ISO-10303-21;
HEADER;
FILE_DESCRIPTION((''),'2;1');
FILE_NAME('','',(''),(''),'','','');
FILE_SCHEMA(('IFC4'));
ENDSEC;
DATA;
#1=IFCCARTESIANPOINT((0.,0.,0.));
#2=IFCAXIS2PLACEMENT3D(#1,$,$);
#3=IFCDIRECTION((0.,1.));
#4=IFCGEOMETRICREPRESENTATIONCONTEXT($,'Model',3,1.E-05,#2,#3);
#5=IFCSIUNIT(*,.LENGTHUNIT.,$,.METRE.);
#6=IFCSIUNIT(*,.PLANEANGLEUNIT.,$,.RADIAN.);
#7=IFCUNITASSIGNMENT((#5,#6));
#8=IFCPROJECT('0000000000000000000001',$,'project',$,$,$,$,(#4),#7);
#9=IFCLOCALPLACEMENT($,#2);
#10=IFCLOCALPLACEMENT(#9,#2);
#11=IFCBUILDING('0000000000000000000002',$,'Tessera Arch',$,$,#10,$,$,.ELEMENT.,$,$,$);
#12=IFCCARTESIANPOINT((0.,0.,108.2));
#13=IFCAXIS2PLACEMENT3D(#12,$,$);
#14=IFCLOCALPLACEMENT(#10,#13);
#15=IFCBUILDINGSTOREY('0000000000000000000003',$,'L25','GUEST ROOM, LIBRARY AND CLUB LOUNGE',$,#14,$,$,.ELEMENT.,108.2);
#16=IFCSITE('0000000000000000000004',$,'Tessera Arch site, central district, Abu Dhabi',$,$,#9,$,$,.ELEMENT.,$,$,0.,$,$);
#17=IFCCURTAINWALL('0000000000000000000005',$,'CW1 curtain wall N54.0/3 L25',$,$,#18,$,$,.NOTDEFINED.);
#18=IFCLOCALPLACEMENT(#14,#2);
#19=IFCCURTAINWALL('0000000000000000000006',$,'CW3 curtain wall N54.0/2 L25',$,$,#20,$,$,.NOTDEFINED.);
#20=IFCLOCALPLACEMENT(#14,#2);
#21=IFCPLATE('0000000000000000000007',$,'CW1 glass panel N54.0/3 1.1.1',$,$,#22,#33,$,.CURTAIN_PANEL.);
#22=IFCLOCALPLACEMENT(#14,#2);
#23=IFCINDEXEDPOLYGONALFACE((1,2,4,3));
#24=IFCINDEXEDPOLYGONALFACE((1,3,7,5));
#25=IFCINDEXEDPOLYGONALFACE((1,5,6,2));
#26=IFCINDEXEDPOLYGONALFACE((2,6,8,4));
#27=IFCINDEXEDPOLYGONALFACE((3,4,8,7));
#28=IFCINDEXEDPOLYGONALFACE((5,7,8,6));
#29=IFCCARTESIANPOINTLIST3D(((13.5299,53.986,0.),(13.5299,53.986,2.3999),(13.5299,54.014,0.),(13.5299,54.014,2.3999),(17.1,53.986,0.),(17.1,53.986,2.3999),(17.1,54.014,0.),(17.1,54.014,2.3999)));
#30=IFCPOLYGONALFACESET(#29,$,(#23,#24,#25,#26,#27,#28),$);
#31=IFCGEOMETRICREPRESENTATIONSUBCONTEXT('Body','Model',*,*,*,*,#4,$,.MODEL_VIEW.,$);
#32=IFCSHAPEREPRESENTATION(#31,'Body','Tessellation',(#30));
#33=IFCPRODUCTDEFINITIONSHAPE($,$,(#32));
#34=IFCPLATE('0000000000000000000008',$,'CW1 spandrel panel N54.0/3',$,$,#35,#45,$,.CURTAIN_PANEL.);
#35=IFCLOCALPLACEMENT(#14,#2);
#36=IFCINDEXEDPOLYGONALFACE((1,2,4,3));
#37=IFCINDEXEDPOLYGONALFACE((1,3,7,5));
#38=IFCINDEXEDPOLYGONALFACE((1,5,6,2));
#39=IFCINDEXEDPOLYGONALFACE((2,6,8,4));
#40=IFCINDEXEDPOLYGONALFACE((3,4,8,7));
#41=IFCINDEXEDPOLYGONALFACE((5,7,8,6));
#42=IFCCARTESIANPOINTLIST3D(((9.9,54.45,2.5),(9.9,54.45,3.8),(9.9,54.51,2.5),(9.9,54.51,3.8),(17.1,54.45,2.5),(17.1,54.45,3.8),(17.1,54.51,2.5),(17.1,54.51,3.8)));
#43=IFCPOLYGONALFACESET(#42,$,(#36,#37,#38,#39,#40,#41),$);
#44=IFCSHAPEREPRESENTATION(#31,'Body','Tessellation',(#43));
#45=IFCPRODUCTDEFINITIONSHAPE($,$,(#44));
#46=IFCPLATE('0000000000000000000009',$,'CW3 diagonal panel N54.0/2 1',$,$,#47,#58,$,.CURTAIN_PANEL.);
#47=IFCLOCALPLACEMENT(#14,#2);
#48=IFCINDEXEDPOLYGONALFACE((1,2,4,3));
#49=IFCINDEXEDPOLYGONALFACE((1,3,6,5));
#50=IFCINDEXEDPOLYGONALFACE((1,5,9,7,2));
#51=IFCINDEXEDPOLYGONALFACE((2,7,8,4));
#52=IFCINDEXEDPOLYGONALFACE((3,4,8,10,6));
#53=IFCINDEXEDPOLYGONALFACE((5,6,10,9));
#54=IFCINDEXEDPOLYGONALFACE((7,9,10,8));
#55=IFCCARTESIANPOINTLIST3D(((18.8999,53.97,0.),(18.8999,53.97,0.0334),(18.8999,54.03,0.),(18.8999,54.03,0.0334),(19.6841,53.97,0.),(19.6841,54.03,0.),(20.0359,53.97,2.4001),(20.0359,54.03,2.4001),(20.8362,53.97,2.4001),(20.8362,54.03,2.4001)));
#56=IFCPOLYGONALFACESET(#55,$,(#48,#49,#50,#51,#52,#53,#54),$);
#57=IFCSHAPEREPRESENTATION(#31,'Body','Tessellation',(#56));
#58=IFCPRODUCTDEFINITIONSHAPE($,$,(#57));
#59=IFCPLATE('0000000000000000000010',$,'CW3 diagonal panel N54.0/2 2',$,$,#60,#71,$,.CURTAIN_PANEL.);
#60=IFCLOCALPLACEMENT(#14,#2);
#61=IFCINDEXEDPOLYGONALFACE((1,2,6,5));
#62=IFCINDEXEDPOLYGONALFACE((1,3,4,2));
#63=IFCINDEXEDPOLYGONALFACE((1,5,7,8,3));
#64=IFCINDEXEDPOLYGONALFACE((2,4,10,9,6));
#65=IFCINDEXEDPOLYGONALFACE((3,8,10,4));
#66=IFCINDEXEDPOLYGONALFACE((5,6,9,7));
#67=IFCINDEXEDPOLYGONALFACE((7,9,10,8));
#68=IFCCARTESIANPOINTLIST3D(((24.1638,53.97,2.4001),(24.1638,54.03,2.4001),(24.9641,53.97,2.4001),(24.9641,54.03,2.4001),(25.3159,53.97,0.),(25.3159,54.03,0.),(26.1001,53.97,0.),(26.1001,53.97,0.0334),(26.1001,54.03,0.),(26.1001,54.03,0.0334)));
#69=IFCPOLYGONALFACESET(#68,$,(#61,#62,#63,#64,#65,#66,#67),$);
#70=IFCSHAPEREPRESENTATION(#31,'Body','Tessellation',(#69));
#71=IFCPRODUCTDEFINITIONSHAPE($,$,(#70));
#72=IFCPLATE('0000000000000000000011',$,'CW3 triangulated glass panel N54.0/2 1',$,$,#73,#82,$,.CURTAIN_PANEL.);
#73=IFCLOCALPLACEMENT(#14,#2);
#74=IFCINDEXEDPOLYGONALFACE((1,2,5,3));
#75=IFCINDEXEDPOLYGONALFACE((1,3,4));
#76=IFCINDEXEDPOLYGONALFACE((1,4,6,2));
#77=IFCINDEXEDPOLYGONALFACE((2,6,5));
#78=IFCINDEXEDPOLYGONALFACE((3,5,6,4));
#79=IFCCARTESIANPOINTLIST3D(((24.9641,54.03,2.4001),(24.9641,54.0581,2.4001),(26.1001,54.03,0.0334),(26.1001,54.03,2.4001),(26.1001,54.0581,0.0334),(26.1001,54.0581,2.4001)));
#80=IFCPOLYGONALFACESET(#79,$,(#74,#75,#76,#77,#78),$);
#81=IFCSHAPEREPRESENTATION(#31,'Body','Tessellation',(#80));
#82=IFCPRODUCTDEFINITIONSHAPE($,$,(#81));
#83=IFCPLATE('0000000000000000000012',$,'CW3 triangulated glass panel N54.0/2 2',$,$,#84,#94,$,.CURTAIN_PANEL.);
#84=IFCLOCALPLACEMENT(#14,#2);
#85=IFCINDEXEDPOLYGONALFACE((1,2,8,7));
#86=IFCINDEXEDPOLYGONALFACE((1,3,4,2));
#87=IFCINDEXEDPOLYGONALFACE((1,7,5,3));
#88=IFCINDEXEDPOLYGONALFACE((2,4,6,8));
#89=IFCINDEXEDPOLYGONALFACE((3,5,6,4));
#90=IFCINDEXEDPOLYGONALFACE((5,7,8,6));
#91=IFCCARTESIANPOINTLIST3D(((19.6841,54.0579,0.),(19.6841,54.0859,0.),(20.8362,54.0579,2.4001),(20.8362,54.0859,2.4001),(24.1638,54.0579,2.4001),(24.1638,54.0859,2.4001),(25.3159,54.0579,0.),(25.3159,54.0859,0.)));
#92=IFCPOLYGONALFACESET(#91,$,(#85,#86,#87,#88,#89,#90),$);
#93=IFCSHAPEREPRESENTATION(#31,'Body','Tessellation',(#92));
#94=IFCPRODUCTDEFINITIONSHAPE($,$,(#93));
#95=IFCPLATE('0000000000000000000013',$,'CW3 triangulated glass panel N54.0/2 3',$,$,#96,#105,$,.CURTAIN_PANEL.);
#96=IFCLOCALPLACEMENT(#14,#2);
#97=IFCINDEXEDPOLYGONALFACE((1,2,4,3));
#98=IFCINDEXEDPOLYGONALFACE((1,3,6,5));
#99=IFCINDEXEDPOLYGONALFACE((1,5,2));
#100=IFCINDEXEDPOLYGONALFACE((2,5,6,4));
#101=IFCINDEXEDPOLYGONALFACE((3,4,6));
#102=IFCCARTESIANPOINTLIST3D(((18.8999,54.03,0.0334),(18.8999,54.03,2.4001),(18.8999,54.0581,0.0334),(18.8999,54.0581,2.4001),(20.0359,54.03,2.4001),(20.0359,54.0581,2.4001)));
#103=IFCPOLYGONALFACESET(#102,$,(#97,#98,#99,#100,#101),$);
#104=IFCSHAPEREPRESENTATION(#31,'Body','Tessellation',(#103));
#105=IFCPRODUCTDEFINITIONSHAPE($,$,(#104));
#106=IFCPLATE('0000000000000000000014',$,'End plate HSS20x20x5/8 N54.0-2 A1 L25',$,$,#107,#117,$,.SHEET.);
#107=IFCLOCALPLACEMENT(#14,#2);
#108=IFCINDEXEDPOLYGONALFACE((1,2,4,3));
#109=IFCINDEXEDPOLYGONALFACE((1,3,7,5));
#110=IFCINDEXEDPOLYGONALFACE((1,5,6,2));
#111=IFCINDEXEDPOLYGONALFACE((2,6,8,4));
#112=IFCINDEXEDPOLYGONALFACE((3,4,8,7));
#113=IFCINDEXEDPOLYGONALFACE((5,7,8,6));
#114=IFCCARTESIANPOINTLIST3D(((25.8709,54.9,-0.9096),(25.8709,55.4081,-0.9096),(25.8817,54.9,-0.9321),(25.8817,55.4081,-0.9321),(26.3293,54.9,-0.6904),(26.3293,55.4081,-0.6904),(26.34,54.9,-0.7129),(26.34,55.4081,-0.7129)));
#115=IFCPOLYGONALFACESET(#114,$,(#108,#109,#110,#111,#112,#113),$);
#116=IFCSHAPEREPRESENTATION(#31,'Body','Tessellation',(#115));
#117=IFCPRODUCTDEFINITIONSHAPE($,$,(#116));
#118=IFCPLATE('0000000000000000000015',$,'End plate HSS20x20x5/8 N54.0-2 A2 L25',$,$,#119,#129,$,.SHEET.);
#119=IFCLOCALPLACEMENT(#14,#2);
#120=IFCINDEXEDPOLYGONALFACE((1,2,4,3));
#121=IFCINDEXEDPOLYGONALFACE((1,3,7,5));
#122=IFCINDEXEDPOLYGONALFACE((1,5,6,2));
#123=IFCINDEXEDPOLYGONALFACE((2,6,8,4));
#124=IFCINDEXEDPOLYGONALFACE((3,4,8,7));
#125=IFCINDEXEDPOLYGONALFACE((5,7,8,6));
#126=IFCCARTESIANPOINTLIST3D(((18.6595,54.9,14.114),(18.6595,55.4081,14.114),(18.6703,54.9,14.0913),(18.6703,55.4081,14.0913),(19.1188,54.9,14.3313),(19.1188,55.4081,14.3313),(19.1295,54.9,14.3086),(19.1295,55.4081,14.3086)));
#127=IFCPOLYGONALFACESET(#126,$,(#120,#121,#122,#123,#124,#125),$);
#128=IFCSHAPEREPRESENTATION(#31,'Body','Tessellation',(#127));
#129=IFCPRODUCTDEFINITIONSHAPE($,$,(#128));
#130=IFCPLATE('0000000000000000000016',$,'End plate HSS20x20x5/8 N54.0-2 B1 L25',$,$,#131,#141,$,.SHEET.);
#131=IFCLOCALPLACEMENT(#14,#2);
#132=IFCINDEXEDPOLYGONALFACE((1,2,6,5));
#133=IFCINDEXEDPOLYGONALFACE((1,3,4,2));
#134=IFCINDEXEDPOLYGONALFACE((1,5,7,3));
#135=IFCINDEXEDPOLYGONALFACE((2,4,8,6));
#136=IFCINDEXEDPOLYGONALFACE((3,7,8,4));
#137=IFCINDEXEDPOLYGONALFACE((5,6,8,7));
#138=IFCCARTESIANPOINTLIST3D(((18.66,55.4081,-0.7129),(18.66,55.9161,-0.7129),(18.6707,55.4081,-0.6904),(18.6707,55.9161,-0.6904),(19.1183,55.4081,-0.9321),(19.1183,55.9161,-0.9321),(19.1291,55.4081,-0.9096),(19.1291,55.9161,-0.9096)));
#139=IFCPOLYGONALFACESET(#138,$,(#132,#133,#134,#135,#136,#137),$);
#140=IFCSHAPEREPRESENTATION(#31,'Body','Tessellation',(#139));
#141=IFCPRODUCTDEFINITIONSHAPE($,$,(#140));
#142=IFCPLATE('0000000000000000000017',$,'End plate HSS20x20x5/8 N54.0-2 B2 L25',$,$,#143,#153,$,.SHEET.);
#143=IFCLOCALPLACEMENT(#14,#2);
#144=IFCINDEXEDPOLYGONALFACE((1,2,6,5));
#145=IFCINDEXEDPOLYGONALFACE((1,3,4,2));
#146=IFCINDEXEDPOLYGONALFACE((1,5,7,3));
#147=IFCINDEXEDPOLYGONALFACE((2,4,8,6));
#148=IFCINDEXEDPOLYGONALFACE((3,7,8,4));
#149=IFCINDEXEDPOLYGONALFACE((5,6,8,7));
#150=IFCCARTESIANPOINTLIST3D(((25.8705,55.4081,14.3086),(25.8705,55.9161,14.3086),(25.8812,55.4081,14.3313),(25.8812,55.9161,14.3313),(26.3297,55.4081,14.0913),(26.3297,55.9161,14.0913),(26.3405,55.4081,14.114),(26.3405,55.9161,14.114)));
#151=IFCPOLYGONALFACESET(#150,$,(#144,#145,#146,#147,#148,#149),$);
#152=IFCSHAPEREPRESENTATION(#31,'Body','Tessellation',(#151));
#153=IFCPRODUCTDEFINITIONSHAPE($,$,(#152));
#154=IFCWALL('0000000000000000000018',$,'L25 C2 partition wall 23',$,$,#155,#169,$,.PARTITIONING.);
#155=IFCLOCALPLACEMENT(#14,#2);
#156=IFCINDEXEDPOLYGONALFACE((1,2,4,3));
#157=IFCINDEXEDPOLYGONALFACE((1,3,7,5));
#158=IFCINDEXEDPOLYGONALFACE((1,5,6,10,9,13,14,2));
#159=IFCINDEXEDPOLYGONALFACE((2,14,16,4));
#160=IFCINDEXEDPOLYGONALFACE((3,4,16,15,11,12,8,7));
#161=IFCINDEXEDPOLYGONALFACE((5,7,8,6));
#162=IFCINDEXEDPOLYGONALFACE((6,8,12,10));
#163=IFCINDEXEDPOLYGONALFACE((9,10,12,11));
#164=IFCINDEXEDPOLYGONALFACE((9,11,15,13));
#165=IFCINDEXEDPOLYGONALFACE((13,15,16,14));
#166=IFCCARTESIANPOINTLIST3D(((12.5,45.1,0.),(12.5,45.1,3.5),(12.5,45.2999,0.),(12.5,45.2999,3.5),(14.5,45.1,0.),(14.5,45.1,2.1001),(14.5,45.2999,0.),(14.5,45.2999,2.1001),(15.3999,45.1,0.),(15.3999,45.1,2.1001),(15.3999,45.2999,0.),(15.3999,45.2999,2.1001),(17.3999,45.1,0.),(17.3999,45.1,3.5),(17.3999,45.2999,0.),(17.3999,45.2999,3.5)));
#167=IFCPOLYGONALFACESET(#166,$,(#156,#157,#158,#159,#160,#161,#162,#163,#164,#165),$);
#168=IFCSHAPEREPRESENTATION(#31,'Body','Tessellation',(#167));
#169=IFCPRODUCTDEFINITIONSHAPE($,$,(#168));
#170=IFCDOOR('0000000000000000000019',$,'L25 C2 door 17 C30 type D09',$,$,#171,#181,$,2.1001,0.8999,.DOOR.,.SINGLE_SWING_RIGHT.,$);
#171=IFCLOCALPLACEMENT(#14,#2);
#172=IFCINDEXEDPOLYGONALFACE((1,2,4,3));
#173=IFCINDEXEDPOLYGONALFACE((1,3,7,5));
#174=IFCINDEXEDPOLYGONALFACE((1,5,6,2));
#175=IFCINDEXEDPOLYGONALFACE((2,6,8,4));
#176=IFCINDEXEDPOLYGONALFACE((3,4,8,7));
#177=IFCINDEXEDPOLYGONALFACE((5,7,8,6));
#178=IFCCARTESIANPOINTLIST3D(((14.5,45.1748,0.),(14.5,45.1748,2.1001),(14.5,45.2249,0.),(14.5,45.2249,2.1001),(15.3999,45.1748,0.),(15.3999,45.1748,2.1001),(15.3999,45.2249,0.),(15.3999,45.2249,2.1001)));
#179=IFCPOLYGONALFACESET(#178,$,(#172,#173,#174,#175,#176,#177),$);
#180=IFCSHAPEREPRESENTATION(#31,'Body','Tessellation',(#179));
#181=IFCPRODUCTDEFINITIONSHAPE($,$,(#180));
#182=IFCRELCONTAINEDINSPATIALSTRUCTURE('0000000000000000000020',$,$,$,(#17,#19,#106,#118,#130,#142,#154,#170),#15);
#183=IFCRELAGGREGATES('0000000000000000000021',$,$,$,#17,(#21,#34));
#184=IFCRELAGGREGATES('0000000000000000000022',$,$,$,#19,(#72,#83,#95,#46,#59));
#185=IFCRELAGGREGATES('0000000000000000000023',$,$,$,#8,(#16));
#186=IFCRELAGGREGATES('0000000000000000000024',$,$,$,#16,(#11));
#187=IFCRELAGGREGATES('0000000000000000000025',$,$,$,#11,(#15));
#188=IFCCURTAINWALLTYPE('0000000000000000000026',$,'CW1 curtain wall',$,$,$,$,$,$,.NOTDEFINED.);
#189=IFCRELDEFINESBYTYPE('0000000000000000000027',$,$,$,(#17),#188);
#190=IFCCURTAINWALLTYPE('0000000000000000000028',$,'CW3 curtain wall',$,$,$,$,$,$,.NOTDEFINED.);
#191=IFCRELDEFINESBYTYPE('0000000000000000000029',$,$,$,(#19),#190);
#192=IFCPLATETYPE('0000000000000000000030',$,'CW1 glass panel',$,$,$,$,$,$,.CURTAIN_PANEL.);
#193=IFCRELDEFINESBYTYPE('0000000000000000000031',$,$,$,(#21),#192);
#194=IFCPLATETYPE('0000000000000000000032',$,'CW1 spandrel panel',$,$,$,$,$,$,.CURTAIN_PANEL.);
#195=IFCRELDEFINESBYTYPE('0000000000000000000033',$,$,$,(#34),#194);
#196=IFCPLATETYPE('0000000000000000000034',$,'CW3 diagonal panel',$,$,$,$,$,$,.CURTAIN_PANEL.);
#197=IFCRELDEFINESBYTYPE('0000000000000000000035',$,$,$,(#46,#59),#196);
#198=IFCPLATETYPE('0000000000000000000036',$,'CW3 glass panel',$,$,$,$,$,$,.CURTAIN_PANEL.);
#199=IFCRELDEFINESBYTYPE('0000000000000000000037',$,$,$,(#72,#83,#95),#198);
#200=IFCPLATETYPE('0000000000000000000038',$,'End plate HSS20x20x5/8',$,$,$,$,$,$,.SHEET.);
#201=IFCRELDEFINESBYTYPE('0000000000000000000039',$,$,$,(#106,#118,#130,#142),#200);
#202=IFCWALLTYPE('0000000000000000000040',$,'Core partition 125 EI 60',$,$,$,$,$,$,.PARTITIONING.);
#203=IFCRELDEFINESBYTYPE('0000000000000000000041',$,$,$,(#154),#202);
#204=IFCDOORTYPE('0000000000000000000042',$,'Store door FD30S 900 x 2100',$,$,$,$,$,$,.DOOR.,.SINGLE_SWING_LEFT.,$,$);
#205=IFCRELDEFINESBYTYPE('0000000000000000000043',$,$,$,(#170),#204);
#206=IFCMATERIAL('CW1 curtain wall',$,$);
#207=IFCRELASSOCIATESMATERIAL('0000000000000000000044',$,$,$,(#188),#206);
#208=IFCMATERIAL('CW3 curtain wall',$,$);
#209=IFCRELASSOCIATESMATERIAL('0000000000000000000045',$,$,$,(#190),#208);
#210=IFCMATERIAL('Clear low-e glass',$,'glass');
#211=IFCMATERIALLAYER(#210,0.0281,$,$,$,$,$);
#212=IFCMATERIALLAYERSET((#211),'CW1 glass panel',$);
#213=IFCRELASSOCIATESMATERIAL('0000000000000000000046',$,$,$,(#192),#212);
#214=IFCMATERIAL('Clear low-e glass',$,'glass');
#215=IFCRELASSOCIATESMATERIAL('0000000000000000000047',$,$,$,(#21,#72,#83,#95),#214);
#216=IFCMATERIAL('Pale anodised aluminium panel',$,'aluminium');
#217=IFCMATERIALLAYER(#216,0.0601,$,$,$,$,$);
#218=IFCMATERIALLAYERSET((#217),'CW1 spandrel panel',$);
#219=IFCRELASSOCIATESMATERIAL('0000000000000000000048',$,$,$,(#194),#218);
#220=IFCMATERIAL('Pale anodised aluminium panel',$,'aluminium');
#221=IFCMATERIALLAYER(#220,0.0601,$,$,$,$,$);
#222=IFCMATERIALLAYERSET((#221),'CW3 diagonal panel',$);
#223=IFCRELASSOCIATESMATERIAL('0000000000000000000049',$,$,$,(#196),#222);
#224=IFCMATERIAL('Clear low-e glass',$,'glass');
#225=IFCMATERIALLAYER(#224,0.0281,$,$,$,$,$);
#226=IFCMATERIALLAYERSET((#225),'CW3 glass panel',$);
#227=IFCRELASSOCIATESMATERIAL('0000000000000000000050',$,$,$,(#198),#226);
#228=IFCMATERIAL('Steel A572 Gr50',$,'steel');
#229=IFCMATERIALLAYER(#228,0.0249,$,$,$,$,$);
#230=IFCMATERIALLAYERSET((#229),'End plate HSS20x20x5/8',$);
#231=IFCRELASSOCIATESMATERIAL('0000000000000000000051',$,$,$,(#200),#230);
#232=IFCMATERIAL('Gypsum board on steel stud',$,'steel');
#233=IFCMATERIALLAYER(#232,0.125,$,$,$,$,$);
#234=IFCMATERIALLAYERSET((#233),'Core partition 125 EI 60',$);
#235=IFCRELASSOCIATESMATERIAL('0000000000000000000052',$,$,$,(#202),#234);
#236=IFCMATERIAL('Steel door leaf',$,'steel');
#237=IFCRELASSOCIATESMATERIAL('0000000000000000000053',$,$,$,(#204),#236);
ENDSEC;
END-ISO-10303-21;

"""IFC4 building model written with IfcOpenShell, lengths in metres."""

from ifc_helpers import new_model, si_unit, direction, frame, frame_2d, origin, origin_2d, place, context, subcontext, project, spatial, polyline, rectangle, outline, extrude, material, layer, layer_set, type_object, element, fill, aggregate, save


model = new_model("IFC4")

# Units and contexts
model_context = context("Model", 3, precision=1e-05, world=origin(), true_north=direction((0.0, 1.0)))
body_context = subcontext(model_context, "Body", "Model", "MODEL_VIEW")
ifc_project = project(units=[si_unit("LENGTHUNIT", "METRE"), si_unit("PLANEANGLEUNIT", "RADIAN")], contexts=[model_context])

# Site, building, storey
site_placement = place(None, origin())
site = spatial("IfcSite", under=ifc_project, at=site_placement, Name="Tessera Arch site, central district, Abu Dhabi", CompositionType="ELEMENT", RefElevation=0.0)
building_placement = place(site_placement, origin())
building = spatial("IfcBuilding", under=site, at=building_placement, Name="Tessera Arch", CompositionType="ELEMENT")
storey_placement = place(building_placement, frame((0.0, 0.0, 108.2)))
storey = spatial("IfcBuildingStorey", under=building, at=storey_placement, Name="L25", Description="GUEST ROOM, LIBRARY AND CLUB LOUNGE", CompositionType="ELEMENT", Elevation=108.2)

# Curtain wall
ifc_material_1 = material(Name="CW1 curtain wall")
curtain_wall_type_1 = type_object("IfcCurtainWallType", Name="CW1 curtain wall", PredefinedType="NOTDEFINED", material=ifc_material_1)
curtain_wall_1_placement = place(storey_placement, origin())
curtain_wall_1 = element("IfcCurtainWall", 1, at=curtain_wall_1_placement, inside=storey, type_object=curtain_wall_type_1, Name="CW1 curtain wall N54.0/3 L25", PredefinedType="NOTDEFINED")

# Curtain wall
ifc_material_2 = material(Name="CW3 curtain wall")
curtain_wall_type_2 = type_object("IfcCurtainWallType", Name="CW3 curtain wall", PredefinedType="NOTDEFINED", material=ifc_material_2)
curtain_wall_2_placement = place(storey_placement, origin())
curtain_wall_2 = element("IfcCurtainWall", 2, at=curtain_wall_2_placement, inside=storey, type_object=curtain_wall_type_2, Name="CW3 curtain wall N54.0/2 L25", PredefinedType="NOTDEFINED")

# Plates
ifc_material_3 = material(Name="Clear low-e glass", Category="glass")
ifc_material_4 = material(Name="Clear low-e glass", Category="glass")
ifc_layer_1 = layer(ifc_material_4, 0.0281)
ifc_layer_set_1 = layer_set([ifc_layer_1], Name="CW1 glass panel")
plate_type_1 = type_object("IfcPlateType", Name="CW1 glass panel", PredefinedType="CURTAIN_PANEL", material=ifc_layer_set_1)
plate_1_placement = place(storey_placement, frame((15.3149, 54.0, 0.0), z_axis=(0.0, 0.0, 1.0), x_axis=(-1.0, 0.0, 0.0)))
plate_1 = element("IfcPlate", 3, at=plate_1_placement, type_object=plate_type_1, material=ifc_material_3, Name="CW1 glass panel N54.0/3 1.1.1", PredefinedType="CURTAIN_PANEL", context=body_context, shape_type="SweptSolid", body=[
    extrude(rectangle(XDim=3.5701, YDim=0.0281, at=origin_2d()), origin(), (0.0, 0.0, 1.0), 2.3999),
])
ifc_material_5 = material(Name="Pale anodised aluminium panel", Category="aluminium")
ifc_layer_2 = layer(ifc_material_5, 0.0601)
ifc_layer_set_2 = layer_set([ifc_layer_2], Name="CW1 spandrel panel")
plate_type_2 = type_object("IfcPlateType", Name="CW1 spandrel panel", PredefinedType="CURTAIN_PANEL", material=ifc_layer_set_2)
plate_2_placement = place(storey_placement, frame((13.5, 54.48, 2.5), z_axis=(0.0, 0.0, 1.0), x_axis=(-1.0, 0.0, 0.0)))
plate_2 = element("IfcPlate", 4, at=plate_2_placement, type_object=plate_type_2, Name="CW1 spandrel panel N54.0/3", PredefinedType="CURTAIN_PANEL", context=body_context, shape_type="SweptSolid", body=[
    extrude(rectangle(XDim=7.2, YDim=0.0601, at=origin_2d()), origin(), (0.0, 0.0, 1.0), 1.3),
])
aggregate(curtain_wall_1, [plate_1, plate_2])
ifc_material_6 = material(Name="Pale anodised aluminium panel", Category="aluminium")
ifc_layer_3 = layer(ifc_material_6, 0.0601)
ifc_layer_set_3 = layer_set([ifc_layer_3], Name="CW3 diagonal panel")
plate_type_3 = type_object("IfcPlateType", Name="CW3 diagonal panel", PredefinedType="CURTAIN_PANEL", material=ifc_layer_set_3)
plate_3_placement = place(storey_placement, frame((18.8999, 54.03, 0.0), z_axis=(0.0, 1.0, 0.0), x_axis=(0.0, 0.0, 1.0)))
plate_3 = element("IfcPlate", 5, at=plate_3_placement, type_object=plate_type_3, Name="CW3 diagonal panel N54.0/2 1", PredefinedType="CURTAIN_PANEL", context=body_context, shape_type="SweptSolid", body=[
    extrude(outline(polyline([(0.0, 0.0), (0.0334, 0.0), (2.4001, 1.136), (2.4001, 1.9363), (0.0, 0.7842), (0.0, 0.0)])), origin(), (0.0, 0.0, -1.0), 0.0601),
])
plate_4_placement = place(storey_placement, frame((24.1638, 54.03, 2.4001), z_axis=(0.0, 1.0, 0.0), x_axis=(1.0, 0.0, 0.0)))
plate_4 = element("IfcPlate", 6, at=plate_4_placement, type_object=plate_type_3, Name="CW3 diagonal panel N54.0/2 2", PredefinedType="CURTAIN_PANEL", context=body_context, shape_type="SweptSolid", body=[
    extrude(outline(polyline([(0.0, 0.0), (0.8003, 0.0), (1.9363, 2.3667), (1.9363, 2.4001), (1.1521, 2.4001), (0.0, 0.0)])), origin(), (0.0, 0.0, -1.0), 0.0601),
])
ifc_material_7 = material(Name="Clear low-e glass", Category="glass")
ifc_layer_4 = layer(ifc_material_7, 0.0281)
ifc_layer_set_4 = layer_set([ifc_layer_4], Name="CW3 glass panel")
plate_type_4 = type_object("IfcPlateType", Name="CW3 glass panel", PredefinedType="CURTAIN_PANEL", material=ifc_layer_set_4)
plate_5_placement = place(storey_placement, frame((26.1001, 54.0581, 2.4001), z_axis=(0.0, 1.0, 0.0), x_axis=(0.0, 0.0, -1.0)))
plate_5 = element("IfcPlate", 7, at=plate_5_placement, type_object=plate_type_4, material=ifc_material_3, Name="CW3 triangulated glass panel N54.0/2 1", PredefinedType="CURTAIN_PANEL", context=body_context, shape_type="SweptSolid", body=[
    extrude(outline(polyline([(0.0, 0.0), (2.3667, 0.0), (0.0, 1.136), (0.0, 0.0)])), origin(), (0.0, 0.0, -1.0), 0.0281),
])
plate_6_placement = place(storey_placement, frame((20.8362, 54.0859, 2.4001), z_axis=(0.0, 1.0, 0.0), x_axis=(1.0, 0.0, 0.0)))
plate_6 = element("IfcPlate", 8, at=plate_6_placement, type_object=plate_type_4, material=ifc_material_3, Name="CW3 triangulated glass panel N54.0/2 2", PredefinedType="CURTAIN_PANEL", context=body_context, shape_type="SweptSolid", body=[
    extrude(outline(polyline([(0.0, 0.0), (3.3276, 0.0), (4.4797, 2.4001), (-1.1521, 2.4001), (0.0, 0.0)])), origin(), (0.0, 0.0, -1.0), 0.0281),
])
plate_7_placement = place(storey_placement, frame((18.8999, 54.0581, 2.4001), z_axis=(0.0, 1.0, 0.0), x_axis=(1.0, 0.0, 0.0)))
plate_7 = element("IfcPlate", 9, at=plate_7_placement, type_object=plate_type_4, material=ifc_material_3, Name="CW3 triangulated glass panel N54.0/2 3", PredefinedType="CURTAIN_PANEL", context=body_context, shape_type="SweptSolid", body=[
    extrude(outline(polyline([(0.0, 0.0), (1.136, 0.0), (0.0, 2.3667), (0.0, 0.0)])), origin(), (0.0, 0.0, -1.0), 0.0281),
])
aggregate(curtain_wall_2, [plate_5, plate_6, plate_7, plate_3, plate_4])

# Plates
ifc_material_8 = material(Name="Steel A572 Gr50", Category="steel")
ifc_layer_5 = layer(ifc_material_8, 0.0249)
ifc_layer_set_5 = layer_set([ifc_layer_5], Name="End plate HSS20x20x5/8")
plate_type_5 = type_object("IfcPlateType", Name="End plate HSS20x20x5/8", PredefinedType="SHEET", material=ifc_layer_set_5)
plate_8_placement = place(storey_placement, frame((26.1108, 55.1541, -0.8225), z_axis=(-0.431455, 0.0, 0.902134), x_axis=(0.0, -1.0, 0.0)))
element("IfcPlate", 10, at=plate_8_placement, inside=storey, type_object=plate_type_5, Name="End plate HSS20x20x5/8 N54.0-2 A1 L25", PredefinedType="SHEET", context=body_context, shape_type="SweptSolid", body=[
    extrude(rectangle(XDim=0.5081, YDim=0.5081, at=origin_2d()), origin(), (0.0, 0.0, 1.0), 0.0249),
])
plate_9_placement = place(storey_placement, frame((18.8999, 55.1541, 14.2), z_axis=(-0.427668, 0.0, 0.903936), x_axis=(0.0, -1.0, 0.0)))
element("IfcPlate", 11, at=plate_9_placement, inside=storey, type_object=plate_type_5, Name="End plate HSS20x20x5/8 N54.0-2 A2 L25", PredefinedType="SHEET", context=body_context, shape_type="SweptSolid", body=[
    extrude(rectangle(XDim=0.5081, YDim=0.5081, at=origin_2d()), origin(), (0.0, 0.0, 1.0), 0.0251),
])
plate_10_placement = place(storey_placement, frame((18.8892, 55.6621, -0.8225), z_axis=(0.431455, 0.0, 0.902134), x_axis=(0.0, 1.0, 0.0)))
element("IfcPlate", 12, at=plate_10_placement, inside=storey, type_object=plate_type_5, Name="End plate HSS20x20x5/8 N54.0-2 B1 L25", PredefinedType="SHEET", context=body_context, shape_type="SweptSolid", body=[
    extrude(rectangle(XDim=0.5081, YDim=0.5081, at=origin_2d()), origin(), (0.0, 0.0, 1.0), 0.0249),
])
plate_11_placement = place(storey_placement, frame((26.1001, 55.6621, 14.2), z_axis=(0.427668, 0.0, 0.903936), x_axis=(0.0, 1.0, 0.0)))
element("IfcPlate", 13, at=plate_11_placement, inside=storey, type_object=plate_type_5, Name="End plate HSS20x20x5/8 N54.0-2 B2 L25", PredefinedType="SHEET", context=body_context, shape_type="SweptSolid", body=[
    extrude(rectangle(XDim=0.5081, YDim=0.5081, at=origin_2d()), origin(), (0.0, 0.0, 1.0), 0.0251),
])

# Wall, opening, door
ifc_material_9 = material(Name="Gypsum board on steel stud", Category="steel")
ifc_layer_6 = layer(ifc_material_9, 0.125)
ifc_layer_set_6 = layer_set([ifc_layer_6], Name="Core partition 125 EI 60")
wall_type_1 = type_object("IfcWallType", Name="Core partition 125 EI 60", PredefinedType="PARTITIONING", material=ifc_layer_set_6)
wall_1_placement = place(storey_placement, frame((12.5, 45.2, 0.0), z_axis=(0.0, 0.0, 1.0), x_axis=(1.0, 0.0, 0.0)))
wall_1 = element("IfcWall", 14, at=wall_1_placement, inside=storey, type_object=wall_type_1, Name="L25 C2 partition wall 23", PredefinedType="PARTITIONING", context=body_context, shape_type="SweptSolid", body=[
    extrude(rectangle(XDim=4.8999, YDim=0.2, at=frame_2d((2.45, 0.0))), origin(), (0.0, 0.0, 1.0), 3.5),
])
opening_placement = place(wall_1_placement, frame((2.0, 0.0, 0.0)))
opening = element("IfcOpeningElement", 15, at=opening_placement, cuts=wall_1, PredefinedType="OPENING", context=body_context, shape_type="SweptSolid", body=[
    extrude(rectangle(XDim=0.8999, YDim=2.1001, at=frame_2d((0.45, 1.05))), frame((0.0, 0.1099, 0.0), z_axis=(0.0, -1.0, 0.0), x_axis=(1.0, 0.0, 0.0)), (0.0, 0.0, 1.0), 0.22),
])
ifc_material_10 = material(Name="Steel door leaf", Category="steel")
door_type = type_object("IfcDoorType", Name="Store door FD30S 900 x 2100", OperationType="SINGLE_SWING_LEFT", PredefinedType="DOOR", material=ifc_material_10)
door_placement = place(opening_placement, origin())
door = element("IfcDoor", 16, at=door_placement, inside=storey, type_object=door_type, Name="L25 C2 door 17 C30 type D09", OperationType="SINGLE_SWING_RIGHT", OverallHeight=2.1001, OverallWidth=0.8999, PredefinedType="DOOR", context=body_context, shape_type="SweptSolid", body=[
    extrude(rectangle(XDim=0.8999, YDim=2.1001, at=frame_2d((0.45, 1.05))), frame((0.0, 0.0249, 0.0), z_axis=(0.0, -1.0, 0.0), x_axis=(1.0, 0.0, 0.0)), (0.0, 0.0, 1.0), 0.05),
])
fill(opening, door)

save(model, "model.ifc")
